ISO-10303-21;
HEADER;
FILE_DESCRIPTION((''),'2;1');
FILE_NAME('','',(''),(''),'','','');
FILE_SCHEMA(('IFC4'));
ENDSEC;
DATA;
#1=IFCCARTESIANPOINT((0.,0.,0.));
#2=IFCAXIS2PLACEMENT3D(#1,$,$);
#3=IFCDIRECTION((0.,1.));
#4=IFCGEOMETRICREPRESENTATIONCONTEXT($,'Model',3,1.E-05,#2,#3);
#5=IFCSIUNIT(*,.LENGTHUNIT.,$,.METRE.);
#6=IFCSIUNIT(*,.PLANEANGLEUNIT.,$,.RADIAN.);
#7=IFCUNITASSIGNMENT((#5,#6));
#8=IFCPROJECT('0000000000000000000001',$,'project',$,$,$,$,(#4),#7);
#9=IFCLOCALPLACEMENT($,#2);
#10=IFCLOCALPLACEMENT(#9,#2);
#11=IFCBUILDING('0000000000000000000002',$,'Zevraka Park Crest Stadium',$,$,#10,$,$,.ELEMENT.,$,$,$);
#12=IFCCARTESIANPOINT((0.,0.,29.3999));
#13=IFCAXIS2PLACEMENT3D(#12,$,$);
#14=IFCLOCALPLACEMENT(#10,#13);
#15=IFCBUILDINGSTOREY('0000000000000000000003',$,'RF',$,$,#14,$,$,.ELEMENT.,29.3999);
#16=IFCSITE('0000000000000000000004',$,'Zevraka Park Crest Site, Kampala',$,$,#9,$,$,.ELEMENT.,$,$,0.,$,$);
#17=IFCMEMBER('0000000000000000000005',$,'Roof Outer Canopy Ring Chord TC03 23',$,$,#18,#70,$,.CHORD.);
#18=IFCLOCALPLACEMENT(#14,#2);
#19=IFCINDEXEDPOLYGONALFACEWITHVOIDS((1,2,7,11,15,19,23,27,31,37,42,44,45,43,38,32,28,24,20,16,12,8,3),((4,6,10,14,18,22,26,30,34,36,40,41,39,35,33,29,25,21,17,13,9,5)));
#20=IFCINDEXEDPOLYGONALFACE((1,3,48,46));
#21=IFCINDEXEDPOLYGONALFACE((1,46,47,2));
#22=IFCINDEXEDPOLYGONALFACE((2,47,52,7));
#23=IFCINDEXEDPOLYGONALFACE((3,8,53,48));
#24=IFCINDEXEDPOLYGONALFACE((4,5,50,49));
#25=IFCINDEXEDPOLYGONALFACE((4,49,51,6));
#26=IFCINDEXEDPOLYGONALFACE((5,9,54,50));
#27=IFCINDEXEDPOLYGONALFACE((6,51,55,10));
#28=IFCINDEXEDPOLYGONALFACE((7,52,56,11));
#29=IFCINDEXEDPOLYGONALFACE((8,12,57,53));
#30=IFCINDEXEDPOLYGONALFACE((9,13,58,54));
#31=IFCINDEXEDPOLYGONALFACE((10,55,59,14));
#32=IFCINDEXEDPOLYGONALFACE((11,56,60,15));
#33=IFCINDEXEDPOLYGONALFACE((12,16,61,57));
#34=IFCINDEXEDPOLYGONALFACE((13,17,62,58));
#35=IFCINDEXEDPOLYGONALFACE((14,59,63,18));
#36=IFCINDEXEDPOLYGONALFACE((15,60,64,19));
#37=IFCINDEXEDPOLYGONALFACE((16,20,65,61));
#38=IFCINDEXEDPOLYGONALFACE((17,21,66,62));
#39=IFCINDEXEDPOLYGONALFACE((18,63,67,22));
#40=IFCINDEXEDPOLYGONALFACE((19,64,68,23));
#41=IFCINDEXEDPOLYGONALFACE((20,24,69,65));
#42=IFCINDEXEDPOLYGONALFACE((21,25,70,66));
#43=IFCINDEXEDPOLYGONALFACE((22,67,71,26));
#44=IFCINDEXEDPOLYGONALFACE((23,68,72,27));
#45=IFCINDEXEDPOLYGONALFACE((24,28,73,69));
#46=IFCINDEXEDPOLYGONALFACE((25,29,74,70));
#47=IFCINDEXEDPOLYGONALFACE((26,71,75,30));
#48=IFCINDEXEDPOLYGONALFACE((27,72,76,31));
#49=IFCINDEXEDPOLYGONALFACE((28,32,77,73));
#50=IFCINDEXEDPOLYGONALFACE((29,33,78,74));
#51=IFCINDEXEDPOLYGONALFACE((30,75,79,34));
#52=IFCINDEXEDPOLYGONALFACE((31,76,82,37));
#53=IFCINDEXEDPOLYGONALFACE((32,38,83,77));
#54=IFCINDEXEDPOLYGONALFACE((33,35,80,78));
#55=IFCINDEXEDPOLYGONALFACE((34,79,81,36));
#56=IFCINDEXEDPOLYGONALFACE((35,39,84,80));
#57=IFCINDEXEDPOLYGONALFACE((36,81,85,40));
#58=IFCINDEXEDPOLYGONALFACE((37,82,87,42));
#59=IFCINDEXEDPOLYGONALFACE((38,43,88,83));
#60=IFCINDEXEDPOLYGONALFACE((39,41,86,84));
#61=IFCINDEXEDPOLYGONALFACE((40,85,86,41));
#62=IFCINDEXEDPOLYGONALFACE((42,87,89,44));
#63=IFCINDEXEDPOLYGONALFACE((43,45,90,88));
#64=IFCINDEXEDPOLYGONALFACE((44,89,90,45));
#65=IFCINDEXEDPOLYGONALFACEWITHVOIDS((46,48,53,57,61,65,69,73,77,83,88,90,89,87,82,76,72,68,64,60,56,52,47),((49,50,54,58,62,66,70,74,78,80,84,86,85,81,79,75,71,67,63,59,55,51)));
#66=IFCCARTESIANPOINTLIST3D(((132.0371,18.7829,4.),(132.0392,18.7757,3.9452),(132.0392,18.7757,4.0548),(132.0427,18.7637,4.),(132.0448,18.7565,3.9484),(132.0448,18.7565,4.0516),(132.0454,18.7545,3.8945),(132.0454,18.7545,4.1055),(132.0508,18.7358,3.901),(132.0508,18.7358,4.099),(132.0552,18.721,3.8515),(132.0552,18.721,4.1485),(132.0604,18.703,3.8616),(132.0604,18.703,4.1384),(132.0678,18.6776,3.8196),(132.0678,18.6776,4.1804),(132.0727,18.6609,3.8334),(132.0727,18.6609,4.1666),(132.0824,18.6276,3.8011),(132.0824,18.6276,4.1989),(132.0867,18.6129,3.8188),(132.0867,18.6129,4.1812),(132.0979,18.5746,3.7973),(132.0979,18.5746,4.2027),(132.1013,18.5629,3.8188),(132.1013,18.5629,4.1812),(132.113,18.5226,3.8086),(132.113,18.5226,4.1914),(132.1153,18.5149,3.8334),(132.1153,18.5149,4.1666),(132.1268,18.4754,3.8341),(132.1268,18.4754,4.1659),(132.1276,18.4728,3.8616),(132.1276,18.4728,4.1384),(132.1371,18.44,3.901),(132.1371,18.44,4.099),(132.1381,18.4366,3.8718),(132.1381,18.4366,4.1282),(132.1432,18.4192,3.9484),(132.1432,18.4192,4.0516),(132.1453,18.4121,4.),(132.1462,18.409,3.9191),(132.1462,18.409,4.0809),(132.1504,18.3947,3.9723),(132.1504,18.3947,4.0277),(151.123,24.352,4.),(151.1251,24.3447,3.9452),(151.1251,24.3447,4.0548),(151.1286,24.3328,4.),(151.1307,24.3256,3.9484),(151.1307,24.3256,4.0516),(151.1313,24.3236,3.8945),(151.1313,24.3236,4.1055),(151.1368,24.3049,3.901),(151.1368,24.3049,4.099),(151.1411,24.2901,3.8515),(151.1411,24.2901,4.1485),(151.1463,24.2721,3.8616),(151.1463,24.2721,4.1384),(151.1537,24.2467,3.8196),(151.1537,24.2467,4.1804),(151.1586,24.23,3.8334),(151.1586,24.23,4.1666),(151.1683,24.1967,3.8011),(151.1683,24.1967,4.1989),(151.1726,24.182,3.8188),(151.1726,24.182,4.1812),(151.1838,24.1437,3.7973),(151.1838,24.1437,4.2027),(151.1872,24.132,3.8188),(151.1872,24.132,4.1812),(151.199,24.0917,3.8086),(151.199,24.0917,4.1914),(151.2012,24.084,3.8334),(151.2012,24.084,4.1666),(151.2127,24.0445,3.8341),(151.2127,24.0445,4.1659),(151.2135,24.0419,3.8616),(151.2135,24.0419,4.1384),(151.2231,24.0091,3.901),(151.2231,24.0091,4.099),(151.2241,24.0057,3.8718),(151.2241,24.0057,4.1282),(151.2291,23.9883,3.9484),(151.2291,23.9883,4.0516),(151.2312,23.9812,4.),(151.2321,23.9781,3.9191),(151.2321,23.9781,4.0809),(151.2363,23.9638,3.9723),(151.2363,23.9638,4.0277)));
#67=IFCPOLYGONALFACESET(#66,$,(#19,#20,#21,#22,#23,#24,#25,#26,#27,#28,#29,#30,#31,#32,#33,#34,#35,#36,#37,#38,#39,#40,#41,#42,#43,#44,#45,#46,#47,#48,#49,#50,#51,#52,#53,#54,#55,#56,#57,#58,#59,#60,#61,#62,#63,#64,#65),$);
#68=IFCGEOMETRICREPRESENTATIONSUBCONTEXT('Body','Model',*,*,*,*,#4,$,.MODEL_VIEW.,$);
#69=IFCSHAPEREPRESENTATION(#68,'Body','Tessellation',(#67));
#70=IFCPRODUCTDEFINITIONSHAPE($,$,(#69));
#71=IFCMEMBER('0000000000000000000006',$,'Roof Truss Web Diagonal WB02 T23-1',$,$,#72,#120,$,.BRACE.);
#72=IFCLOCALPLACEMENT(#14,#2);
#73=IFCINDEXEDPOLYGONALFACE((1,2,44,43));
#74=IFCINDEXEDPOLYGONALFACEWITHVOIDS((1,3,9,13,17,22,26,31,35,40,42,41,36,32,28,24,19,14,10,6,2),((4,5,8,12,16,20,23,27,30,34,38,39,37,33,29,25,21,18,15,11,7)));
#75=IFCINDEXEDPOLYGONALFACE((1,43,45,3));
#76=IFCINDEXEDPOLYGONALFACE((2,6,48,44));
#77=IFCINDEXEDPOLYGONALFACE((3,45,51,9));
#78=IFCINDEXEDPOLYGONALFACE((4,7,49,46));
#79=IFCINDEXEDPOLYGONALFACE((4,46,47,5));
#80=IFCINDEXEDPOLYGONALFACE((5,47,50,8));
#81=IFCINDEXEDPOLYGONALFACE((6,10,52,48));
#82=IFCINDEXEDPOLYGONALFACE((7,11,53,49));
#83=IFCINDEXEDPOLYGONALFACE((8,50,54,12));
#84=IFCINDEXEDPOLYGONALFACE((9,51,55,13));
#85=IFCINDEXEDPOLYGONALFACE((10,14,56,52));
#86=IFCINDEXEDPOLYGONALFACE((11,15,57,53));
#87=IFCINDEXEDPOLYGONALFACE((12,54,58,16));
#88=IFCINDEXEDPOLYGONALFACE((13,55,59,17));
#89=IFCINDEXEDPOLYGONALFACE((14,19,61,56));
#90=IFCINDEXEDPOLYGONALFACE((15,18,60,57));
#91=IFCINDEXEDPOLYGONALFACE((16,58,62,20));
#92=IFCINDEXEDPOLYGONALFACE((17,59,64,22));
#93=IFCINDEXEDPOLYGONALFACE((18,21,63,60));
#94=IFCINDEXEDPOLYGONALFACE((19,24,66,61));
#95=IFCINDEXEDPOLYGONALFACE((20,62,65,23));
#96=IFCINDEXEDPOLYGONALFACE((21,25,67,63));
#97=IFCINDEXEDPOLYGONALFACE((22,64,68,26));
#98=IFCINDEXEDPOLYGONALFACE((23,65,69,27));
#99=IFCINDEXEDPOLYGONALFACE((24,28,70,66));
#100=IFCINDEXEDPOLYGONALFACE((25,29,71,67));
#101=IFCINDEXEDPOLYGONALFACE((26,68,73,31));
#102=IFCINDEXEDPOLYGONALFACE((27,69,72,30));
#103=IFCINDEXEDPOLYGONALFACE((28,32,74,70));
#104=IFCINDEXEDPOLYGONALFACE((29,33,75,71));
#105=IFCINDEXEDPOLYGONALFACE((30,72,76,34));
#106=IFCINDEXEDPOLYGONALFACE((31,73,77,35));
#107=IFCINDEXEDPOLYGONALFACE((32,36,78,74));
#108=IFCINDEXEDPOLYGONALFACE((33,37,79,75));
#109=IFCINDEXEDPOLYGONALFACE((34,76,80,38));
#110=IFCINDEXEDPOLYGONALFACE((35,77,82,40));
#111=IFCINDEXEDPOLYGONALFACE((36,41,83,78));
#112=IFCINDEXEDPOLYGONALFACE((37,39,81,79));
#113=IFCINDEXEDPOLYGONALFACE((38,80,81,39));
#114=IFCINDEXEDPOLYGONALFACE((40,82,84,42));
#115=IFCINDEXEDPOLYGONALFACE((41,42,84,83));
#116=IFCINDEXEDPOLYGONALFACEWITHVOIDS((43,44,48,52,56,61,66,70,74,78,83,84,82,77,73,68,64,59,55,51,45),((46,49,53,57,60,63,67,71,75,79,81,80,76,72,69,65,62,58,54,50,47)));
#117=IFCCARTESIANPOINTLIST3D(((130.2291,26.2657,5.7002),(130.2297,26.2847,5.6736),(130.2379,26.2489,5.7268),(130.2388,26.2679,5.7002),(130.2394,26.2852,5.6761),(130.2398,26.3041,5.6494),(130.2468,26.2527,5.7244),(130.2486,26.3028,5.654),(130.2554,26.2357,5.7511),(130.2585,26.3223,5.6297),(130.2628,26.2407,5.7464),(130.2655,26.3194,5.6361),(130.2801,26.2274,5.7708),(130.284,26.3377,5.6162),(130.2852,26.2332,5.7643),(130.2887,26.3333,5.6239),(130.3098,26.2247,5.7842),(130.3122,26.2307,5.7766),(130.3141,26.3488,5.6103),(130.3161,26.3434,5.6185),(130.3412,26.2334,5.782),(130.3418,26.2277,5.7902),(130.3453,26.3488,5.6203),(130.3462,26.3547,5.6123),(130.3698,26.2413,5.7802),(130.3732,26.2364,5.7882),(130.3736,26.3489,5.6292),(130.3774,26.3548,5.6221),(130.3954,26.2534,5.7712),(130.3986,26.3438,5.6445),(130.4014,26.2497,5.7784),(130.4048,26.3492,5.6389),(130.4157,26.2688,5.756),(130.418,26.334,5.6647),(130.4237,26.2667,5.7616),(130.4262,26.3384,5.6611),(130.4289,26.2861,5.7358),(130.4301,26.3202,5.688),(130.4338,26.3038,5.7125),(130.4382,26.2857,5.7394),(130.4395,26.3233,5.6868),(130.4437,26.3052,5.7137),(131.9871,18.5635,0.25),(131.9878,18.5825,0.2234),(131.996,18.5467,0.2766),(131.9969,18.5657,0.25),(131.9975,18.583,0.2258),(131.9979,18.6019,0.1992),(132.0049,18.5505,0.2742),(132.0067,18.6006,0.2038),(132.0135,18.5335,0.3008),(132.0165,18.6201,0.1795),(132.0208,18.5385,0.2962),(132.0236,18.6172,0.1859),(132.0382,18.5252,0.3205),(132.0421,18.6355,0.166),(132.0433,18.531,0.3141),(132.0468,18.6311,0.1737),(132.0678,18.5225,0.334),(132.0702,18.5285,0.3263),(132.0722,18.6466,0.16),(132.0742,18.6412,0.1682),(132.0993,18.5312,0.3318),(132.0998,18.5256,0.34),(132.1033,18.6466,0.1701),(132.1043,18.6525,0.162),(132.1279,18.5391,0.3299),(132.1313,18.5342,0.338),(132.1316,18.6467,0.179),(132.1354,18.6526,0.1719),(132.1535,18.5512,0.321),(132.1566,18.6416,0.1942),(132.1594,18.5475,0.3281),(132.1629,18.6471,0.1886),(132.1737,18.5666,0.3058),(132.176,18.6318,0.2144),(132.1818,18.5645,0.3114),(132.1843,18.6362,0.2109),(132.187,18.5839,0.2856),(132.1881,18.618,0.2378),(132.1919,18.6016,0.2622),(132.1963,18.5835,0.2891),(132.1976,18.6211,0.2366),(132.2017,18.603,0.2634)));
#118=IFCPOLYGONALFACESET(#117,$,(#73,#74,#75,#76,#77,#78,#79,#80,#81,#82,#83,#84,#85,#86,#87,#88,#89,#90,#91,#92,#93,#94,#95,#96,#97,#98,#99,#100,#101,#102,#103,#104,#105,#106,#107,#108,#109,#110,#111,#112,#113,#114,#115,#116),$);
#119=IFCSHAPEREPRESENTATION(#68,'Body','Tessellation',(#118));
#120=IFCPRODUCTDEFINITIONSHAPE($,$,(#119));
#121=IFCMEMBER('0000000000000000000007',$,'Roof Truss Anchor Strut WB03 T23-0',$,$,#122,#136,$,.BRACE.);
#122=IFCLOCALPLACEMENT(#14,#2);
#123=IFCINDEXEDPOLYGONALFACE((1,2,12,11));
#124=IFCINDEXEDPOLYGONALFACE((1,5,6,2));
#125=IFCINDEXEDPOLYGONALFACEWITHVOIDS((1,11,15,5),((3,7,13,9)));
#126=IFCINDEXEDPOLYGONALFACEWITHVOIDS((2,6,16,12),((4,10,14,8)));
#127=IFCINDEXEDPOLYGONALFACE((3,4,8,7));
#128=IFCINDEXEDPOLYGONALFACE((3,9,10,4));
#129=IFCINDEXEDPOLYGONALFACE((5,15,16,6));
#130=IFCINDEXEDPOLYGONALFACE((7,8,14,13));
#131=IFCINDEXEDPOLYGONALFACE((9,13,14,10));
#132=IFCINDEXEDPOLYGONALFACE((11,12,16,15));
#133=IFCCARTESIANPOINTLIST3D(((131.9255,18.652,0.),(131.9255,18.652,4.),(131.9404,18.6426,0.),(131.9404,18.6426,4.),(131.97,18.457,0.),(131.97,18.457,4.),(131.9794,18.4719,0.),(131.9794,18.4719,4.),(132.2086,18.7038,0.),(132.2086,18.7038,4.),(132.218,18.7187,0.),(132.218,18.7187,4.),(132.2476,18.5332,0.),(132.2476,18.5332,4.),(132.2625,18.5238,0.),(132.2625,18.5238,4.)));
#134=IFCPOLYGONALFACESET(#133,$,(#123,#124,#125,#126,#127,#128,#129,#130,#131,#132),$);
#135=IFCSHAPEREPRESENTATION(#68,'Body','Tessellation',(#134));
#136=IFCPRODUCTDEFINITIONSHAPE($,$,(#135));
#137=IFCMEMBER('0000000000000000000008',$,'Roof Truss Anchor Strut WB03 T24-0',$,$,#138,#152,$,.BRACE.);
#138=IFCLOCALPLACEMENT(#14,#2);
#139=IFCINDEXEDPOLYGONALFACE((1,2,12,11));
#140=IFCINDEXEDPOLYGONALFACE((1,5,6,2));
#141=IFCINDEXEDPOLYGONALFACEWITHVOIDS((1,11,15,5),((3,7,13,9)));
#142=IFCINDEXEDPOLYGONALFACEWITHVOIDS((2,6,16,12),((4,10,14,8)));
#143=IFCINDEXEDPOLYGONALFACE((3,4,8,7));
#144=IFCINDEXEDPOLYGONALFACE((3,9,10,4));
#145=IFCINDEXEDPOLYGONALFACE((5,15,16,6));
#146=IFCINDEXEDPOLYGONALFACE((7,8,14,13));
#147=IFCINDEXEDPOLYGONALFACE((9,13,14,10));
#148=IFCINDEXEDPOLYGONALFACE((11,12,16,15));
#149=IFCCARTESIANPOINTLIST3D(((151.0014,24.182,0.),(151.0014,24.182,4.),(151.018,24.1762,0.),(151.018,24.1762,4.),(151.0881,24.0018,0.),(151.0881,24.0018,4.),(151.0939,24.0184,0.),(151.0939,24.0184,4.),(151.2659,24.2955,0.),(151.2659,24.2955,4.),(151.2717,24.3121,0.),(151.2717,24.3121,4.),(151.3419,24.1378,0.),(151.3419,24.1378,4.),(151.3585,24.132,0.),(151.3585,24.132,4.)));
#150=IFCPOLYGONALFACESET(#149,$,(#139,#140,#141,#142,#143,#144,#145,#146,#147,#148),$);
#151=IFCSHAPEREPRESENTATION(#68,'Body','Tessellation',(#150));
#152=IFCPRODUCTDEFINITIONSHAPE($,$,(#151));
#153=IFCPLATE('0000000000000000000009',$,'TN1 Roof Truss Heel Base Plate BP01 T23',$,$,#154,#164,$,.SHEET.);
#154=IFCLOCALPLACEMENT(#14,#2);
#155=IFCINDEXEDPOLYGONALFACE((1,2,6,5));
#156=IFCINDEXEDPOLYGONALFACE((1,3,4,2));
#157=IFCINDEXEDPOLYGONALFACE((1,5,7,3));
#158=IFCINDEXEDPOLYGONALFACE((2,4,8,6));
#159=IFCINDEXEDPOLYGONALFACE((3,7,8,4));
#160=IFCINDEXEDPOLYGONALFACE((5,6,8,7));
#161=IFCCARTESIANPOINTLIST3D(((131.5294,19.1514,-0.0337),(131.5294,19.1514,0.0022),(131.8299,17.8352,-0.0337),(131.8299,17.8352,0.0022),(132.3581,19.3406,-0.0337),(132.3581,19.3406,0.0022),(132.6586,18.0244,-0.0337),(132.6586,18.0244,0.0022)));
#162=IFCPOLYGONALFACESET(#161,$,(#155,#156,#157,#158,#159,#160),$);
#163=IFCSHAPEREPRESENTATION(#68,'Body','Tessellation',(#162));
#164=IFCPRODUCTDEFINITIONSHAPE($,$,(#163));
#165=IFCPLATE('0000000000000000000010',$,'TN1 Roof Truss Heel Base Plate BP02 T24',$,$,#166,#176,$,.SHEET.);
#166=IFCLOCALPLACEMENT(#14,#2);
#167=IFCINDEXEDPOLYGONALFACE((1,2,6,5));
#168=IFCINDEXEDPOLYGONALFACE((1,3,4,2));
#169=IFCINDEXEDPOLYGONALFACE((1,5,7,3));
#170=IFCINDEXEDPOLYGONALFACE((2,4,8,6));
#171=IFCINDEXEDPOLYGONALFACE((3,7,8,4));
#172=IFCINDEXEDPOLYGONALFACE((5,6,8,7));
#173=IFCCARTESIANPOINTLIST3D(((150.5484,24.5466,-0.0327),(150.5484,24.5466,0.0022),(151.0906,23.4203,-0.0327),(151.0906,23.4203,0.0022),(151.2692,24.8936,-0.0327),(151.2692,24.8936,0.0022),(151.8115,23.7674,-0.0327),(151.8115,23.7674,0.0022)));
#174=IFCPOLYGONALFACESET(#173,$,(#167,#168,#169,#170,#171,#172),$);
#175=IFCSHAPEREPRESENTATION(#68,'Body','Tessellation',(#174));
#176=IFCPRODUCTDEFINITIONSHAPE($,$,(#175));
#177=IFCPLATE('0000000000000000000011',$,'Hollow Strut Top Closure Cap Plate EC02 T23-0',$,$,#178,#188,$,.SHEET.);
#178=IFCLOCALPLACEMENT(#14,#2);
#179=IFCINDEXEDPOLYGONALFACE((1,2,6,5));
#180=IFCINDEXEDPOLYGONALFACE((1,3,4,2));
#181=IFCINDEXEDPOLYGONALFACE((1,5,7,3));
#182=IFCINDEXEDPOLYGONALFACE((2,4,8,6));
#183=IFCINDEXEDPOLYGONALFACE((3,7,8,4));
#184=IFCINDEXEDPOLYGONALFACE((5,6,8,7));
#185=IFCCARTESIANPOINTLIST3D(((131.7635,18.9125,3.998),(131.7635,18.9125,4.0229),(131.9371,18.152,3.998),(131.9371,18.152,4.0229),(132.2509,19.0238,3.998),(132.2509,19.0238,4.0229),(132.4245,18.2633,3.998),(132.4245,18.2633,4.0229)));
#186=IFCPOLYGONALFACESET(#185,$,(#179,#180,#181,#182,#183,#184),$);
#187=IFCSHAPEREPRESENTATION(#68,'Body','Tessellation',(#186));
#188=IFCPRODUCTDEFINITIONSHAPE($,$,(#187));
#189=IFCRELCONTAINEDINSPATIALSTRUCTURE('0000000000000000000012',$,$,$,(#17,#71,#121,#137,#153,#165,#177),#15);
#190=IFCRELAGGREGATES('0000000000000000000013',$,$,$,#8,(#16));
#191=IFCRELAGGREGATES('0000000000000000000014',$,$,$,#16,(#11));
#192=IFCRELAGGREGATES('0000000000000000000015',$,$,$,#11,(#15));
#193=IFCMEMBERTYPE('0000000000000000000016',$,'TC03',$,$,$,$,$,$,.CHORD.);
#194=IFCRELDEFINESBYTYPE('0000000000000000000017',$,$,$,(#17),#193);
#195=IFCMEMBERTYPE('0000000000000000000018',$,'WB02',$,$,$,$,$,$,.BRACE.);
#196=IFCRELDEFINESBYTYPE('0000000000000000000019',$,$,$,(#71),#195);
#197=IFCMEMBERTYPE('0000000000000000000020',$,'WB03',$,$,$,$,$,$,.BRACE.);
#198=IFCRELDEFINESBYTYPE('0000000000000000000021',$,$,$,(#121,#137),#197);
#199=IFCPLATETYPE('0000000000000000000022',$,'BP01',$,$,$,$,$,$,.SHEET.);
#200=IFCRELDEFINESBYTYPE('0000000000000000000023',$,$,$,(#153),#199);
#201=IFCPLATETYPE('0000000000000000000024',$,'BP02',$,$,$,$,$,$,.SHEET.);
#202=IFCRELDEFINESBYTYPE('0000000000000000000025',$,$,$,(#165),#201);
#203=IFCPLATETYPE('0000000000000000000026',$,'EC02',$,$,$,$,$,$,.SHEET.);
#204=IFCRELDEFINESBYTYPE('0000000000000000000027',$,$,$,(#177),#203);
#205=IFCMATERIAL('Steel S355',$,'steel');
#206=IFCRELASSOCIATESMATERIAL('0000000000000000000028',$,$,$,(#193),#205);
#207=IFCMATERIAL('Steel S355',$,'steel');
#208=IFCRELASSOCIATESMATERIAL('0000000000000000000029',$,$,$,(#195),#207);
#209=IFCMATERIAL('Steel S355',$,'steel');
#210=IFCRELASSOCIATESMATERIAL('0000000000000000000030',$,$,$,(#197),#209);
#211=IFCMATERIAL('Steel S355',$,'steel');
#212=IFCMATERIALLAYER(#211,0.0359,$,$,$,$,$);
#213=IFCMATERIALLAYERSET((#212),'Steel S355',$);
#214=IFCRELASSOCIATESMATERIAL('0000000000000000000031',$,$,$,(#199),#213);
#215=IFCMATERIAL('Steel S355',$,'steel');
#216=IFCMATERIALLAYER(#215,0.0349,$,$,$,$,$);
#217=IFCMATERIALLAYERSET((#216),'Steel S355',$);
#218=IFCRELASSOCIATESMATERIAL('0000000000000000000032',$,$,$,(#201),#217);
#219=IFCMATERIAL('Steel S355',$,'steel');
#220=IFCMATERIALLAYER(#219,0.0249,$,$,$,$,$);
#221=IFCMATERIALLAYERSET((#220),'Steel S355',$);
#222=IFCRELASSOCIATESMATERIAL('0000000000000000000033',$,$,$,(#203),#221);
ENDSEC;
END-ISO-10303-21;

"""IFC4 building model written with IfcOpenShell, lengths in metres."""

from ifc_helpers import new_model, si_unit, direction, frame, origin, origin_2d, place, context, subcontext, project, spatial, rectangle, hollow_rectangle, hollow_circle, extrude, material, layer, layer_set, material_profile, profile_set, type_object, element, save


model = new_model("IFC4")

# Units and contexts
model_context = context("Model", 3, precision=1e-05, world=origin(), true_north=direction((0.0, 1.0)))
body_context = subcontext(model_context, "Body", "Model", "MODEL_VIEW")
ifc_project = project(units=[si_unit("LENGTHUNIT", "METRE"), si_unit("PLANEANGLEUNIT", "RADIAN")], contexts=[model_context])

# Site, building, storey
site_placement = place(None, origin())
site = spatial("IfcSite", under=ifc_project, at=site_placement, Name="Zevraka Park Crest Site, Kampala", CompositionType="ELEMENT", RefElevation=0.0)
building_placement = place(site_placement, origin())
building = spatial("IfcBuilding", under=site, at=building_placement, Name="Zevraka Park Crest Stadium", CompositionType="ELEMENT")
storey_placement = place(building_placement, frame((0.0, 0.0, 29.3999)))
storey = spatial("IfcBuildingStorey", under=building, at=storey_placement, Name="RF", CompositionType="ELEMENT", Elevation=29.3999)

# Members
ifc_material_1 = material(Name="Steel S355", Category="steel")
ifc_material_profile_1 = material_profile(ifc_material_1, hollow_circle(Radius=0.2031, WallThickness=0.02, at=origin_2d()), Name="CHS 406.4x20")
ifc_profile_set_1 = profile_set([ifc_material_profile_1], Name="Steel S355")
member_type_1 = type_object("IfcMemberType", Name="TC03", PredefinedType="CHORD", material=ifc_profile_set_1)
member_1_placement = place(storey_placement, frame((132.094, 18.5879, 4.0), z_axis=(0.959968, 0.280109, 0.0), x_axis=(-0.280109, 0.959968, 0.0)))
element("IfcMember", 1, at=member_1_placement, inside=storey, type_object=member_type_1, Name="Roof Outer Canopy Ring Chord TC03 23", PredefinedType="CHORD", context=body_context, shape_type="SweptSolid", body=[
    extrude(hollow_circle(Radius=0.2031, WallThickness=0.02, at=origin_2d()), origin(), (0.0, 0.0, 1.0), 19.8818),
])
ifc_material_2 = material(Name="Steel S355", Category="steel")
ifc_material_profile_2 = material_profile(ifc_material_2, hollow_circle(Radius=0.1096, WallThickness=0.01, at=origin_2d()), Name="CHS 219.1x10")
ifc_profile_set_2 = profile_set([ifc_material_profile_2], Name="Steel S355")
member_type_2 = type_object("IfcMemberType", Name="WB02", PredefinedType="BRACE", material=ifc_profile_set_2)
member_2_placement = place(storey_placement, frame((132.094, 18.5879, 0.25), z_axis=(-0.183172, 0.802488, 0.567857), x_axis=(-0.974925, -0.222532, 0.0)))
element("IfcMember", 2, at=member_2_placement, inside=storey, type_object=member_type_2, Name="Roof Truss Web Diagonal WB02 T23-1", PredefinedType="BRACE", context=body_context, shape_type="SweptSolid", body=[
    extrude(hollow_circle(Radius=0.1096, WallThickness=0.01, at=origin_2d()), origin(), (0.0, 0.0, 1.0), 9.5979),
])
ifc_material_3 = material(Name="Steel S355", Category="steel")
ifc_material_profile_3 = material_profile(ifc_material_3, hollow_rectangle(XDim=0.2, YDim=0.3, WallThickness=0.0125, at=origin_2d()), Name="RHS 300x200x12.5")
ifc_profile_set_3 = profile_set([ifc_material_profile_3], Name="Steel S355")
member_type_3 = type_object("IfcMemberType", Name="WB03", PredefinedType="BRACE", material=ifc_profile_set_3)
for number, where, z_axis, x_axis, name in (
    (3, (132.094, 18.5879, 0.0), (0.0, 0.0, 1.0), (-0.22257, 0.974917, 0.0), "Roof Truss Anchor Strut WB03 T23-0"),
    (4, (151.1799, 24.157, 0.0), (0.0, 0.0, 1.0), (-0.433816, 0.901001, 0.0), "Roof Truss Anchor Strut WB03 T24-0"),
):
    element("IfcMember", number, at=place(storey_placement, frame(where, z_axis=z_axis, x_axis=x_axis)), inside=storey, type_object=member_type_3, Name=name, PredefinedType="BRACE", context=body_context, shape_type="SweptSolid", body=[
        extrude(hollow_rectangle(XDim=0.2, YDim=0.3, WallThickness=0.0125, at=origin_2d()), origin(), (0.0, 0.0, 1.0), 4.0),
    ])

# Plates
ifc_material_4 = material(Name="Steel S355", Category="steel")
ifc_layer_1 = layer(ifc_material_4, 0.0359)
ifc_layer_set_1 = layer_set([ifc_layer_1], Name="Steel S355")
plate_type_1 = type_object("IfcPlateType", Name="BP01", PredefinedType="SHEET", material=ifc_layer_set_1)
plate_1_placement = place(storey_placement, frame((132.094, 18.5879, -0.0337), z_axis=(0.0, 0.0, 1.0), x_axis=(-0.22257, 0.974917, 0.0)))
element("IfcPlate", 5, at=plate_1_placement, inside=storey, type_object=plate_type_1, Name="TN1 Roof Truss Heel Base Plate BP01 T23", PredefinedType="SHEET", context=body_context, shape_type="SweptSolid", body=[
    extrude(rectangle(XDim=1.3501, YDim=0.8501, at=origin_2d()), origin(), (0.0, 0.0, 1.0), 0.0359),
])
ifc_material_5 = material(Name="Steel S355", Category="steel")
ifc_layer_2 = layer(ifc_material_5, 0.0349)
ifc_layer_set_2 = layer_set([ifc_layer_2], Name="Steel S355")
plate_type_2 = type_object("IfcPlateType", Name="BP02", PredefinedType="SHEET", material=ifc_layer_set_2)
plate_2_placement = place(storey_placement, frame((151.1799, 24.157, -0.0327), z_axis=(0.0, 0.0, 1.0), x_axis=(-0.433816, 0.901001, 0.0)))
element("IfcPlate", 6, at=plate_2_placement, inside=storey, type_object=plate_type_2, Name="TN1 Roof Truss Heel Base Plate BP02 T24", PredefinedType="SHEET", context=body_context, shape_type="SweptSolid", body=[
    extrude(rectangle(XDim=1.25, YDim=0.8, at=origin_2d()), origin(), (0.0, 0.0, 1.0), 0.0349),
])
ifc_material_6 = material(Name="Steel S355", Category="steel")
ifc_layer_3 = layer(ifc_material_6, 0.0249)
ifc_layer_set_3 = layer_set([ifc_layer_3], Name="Steel S355")
plate_type_3 = type_object("IfcPlateType", Name="EC02", PredefinedType="SHEET", material=ifc_layer_set_3)
for number, where, z_axis, x_axis, name in (
    (7, (132.094, 18.5879, 3.998), (0.0, 0.0, 1.0), (-0.22257, 0.974917, 0.0), "Hollow Strut Top Closure Cap Plate EC02 T23-0"),
):
    element("IfcPlate", number, at=place(storey_placement, frame(where, z_axis=z_axis, x_axis=x_axis)), inside=storey, type_object=plate_type_3, Name=name, PredefinedType="SHEET", context=body_context, shape_type="SweptSolid", body=[
        extrude(rectangle(XDim=0.78, YDim=0.5, at=origin_2d()), origin(), (0.0, 0.0, 1.0), 0.0249),
    ])

save(model, "model.ifc")
